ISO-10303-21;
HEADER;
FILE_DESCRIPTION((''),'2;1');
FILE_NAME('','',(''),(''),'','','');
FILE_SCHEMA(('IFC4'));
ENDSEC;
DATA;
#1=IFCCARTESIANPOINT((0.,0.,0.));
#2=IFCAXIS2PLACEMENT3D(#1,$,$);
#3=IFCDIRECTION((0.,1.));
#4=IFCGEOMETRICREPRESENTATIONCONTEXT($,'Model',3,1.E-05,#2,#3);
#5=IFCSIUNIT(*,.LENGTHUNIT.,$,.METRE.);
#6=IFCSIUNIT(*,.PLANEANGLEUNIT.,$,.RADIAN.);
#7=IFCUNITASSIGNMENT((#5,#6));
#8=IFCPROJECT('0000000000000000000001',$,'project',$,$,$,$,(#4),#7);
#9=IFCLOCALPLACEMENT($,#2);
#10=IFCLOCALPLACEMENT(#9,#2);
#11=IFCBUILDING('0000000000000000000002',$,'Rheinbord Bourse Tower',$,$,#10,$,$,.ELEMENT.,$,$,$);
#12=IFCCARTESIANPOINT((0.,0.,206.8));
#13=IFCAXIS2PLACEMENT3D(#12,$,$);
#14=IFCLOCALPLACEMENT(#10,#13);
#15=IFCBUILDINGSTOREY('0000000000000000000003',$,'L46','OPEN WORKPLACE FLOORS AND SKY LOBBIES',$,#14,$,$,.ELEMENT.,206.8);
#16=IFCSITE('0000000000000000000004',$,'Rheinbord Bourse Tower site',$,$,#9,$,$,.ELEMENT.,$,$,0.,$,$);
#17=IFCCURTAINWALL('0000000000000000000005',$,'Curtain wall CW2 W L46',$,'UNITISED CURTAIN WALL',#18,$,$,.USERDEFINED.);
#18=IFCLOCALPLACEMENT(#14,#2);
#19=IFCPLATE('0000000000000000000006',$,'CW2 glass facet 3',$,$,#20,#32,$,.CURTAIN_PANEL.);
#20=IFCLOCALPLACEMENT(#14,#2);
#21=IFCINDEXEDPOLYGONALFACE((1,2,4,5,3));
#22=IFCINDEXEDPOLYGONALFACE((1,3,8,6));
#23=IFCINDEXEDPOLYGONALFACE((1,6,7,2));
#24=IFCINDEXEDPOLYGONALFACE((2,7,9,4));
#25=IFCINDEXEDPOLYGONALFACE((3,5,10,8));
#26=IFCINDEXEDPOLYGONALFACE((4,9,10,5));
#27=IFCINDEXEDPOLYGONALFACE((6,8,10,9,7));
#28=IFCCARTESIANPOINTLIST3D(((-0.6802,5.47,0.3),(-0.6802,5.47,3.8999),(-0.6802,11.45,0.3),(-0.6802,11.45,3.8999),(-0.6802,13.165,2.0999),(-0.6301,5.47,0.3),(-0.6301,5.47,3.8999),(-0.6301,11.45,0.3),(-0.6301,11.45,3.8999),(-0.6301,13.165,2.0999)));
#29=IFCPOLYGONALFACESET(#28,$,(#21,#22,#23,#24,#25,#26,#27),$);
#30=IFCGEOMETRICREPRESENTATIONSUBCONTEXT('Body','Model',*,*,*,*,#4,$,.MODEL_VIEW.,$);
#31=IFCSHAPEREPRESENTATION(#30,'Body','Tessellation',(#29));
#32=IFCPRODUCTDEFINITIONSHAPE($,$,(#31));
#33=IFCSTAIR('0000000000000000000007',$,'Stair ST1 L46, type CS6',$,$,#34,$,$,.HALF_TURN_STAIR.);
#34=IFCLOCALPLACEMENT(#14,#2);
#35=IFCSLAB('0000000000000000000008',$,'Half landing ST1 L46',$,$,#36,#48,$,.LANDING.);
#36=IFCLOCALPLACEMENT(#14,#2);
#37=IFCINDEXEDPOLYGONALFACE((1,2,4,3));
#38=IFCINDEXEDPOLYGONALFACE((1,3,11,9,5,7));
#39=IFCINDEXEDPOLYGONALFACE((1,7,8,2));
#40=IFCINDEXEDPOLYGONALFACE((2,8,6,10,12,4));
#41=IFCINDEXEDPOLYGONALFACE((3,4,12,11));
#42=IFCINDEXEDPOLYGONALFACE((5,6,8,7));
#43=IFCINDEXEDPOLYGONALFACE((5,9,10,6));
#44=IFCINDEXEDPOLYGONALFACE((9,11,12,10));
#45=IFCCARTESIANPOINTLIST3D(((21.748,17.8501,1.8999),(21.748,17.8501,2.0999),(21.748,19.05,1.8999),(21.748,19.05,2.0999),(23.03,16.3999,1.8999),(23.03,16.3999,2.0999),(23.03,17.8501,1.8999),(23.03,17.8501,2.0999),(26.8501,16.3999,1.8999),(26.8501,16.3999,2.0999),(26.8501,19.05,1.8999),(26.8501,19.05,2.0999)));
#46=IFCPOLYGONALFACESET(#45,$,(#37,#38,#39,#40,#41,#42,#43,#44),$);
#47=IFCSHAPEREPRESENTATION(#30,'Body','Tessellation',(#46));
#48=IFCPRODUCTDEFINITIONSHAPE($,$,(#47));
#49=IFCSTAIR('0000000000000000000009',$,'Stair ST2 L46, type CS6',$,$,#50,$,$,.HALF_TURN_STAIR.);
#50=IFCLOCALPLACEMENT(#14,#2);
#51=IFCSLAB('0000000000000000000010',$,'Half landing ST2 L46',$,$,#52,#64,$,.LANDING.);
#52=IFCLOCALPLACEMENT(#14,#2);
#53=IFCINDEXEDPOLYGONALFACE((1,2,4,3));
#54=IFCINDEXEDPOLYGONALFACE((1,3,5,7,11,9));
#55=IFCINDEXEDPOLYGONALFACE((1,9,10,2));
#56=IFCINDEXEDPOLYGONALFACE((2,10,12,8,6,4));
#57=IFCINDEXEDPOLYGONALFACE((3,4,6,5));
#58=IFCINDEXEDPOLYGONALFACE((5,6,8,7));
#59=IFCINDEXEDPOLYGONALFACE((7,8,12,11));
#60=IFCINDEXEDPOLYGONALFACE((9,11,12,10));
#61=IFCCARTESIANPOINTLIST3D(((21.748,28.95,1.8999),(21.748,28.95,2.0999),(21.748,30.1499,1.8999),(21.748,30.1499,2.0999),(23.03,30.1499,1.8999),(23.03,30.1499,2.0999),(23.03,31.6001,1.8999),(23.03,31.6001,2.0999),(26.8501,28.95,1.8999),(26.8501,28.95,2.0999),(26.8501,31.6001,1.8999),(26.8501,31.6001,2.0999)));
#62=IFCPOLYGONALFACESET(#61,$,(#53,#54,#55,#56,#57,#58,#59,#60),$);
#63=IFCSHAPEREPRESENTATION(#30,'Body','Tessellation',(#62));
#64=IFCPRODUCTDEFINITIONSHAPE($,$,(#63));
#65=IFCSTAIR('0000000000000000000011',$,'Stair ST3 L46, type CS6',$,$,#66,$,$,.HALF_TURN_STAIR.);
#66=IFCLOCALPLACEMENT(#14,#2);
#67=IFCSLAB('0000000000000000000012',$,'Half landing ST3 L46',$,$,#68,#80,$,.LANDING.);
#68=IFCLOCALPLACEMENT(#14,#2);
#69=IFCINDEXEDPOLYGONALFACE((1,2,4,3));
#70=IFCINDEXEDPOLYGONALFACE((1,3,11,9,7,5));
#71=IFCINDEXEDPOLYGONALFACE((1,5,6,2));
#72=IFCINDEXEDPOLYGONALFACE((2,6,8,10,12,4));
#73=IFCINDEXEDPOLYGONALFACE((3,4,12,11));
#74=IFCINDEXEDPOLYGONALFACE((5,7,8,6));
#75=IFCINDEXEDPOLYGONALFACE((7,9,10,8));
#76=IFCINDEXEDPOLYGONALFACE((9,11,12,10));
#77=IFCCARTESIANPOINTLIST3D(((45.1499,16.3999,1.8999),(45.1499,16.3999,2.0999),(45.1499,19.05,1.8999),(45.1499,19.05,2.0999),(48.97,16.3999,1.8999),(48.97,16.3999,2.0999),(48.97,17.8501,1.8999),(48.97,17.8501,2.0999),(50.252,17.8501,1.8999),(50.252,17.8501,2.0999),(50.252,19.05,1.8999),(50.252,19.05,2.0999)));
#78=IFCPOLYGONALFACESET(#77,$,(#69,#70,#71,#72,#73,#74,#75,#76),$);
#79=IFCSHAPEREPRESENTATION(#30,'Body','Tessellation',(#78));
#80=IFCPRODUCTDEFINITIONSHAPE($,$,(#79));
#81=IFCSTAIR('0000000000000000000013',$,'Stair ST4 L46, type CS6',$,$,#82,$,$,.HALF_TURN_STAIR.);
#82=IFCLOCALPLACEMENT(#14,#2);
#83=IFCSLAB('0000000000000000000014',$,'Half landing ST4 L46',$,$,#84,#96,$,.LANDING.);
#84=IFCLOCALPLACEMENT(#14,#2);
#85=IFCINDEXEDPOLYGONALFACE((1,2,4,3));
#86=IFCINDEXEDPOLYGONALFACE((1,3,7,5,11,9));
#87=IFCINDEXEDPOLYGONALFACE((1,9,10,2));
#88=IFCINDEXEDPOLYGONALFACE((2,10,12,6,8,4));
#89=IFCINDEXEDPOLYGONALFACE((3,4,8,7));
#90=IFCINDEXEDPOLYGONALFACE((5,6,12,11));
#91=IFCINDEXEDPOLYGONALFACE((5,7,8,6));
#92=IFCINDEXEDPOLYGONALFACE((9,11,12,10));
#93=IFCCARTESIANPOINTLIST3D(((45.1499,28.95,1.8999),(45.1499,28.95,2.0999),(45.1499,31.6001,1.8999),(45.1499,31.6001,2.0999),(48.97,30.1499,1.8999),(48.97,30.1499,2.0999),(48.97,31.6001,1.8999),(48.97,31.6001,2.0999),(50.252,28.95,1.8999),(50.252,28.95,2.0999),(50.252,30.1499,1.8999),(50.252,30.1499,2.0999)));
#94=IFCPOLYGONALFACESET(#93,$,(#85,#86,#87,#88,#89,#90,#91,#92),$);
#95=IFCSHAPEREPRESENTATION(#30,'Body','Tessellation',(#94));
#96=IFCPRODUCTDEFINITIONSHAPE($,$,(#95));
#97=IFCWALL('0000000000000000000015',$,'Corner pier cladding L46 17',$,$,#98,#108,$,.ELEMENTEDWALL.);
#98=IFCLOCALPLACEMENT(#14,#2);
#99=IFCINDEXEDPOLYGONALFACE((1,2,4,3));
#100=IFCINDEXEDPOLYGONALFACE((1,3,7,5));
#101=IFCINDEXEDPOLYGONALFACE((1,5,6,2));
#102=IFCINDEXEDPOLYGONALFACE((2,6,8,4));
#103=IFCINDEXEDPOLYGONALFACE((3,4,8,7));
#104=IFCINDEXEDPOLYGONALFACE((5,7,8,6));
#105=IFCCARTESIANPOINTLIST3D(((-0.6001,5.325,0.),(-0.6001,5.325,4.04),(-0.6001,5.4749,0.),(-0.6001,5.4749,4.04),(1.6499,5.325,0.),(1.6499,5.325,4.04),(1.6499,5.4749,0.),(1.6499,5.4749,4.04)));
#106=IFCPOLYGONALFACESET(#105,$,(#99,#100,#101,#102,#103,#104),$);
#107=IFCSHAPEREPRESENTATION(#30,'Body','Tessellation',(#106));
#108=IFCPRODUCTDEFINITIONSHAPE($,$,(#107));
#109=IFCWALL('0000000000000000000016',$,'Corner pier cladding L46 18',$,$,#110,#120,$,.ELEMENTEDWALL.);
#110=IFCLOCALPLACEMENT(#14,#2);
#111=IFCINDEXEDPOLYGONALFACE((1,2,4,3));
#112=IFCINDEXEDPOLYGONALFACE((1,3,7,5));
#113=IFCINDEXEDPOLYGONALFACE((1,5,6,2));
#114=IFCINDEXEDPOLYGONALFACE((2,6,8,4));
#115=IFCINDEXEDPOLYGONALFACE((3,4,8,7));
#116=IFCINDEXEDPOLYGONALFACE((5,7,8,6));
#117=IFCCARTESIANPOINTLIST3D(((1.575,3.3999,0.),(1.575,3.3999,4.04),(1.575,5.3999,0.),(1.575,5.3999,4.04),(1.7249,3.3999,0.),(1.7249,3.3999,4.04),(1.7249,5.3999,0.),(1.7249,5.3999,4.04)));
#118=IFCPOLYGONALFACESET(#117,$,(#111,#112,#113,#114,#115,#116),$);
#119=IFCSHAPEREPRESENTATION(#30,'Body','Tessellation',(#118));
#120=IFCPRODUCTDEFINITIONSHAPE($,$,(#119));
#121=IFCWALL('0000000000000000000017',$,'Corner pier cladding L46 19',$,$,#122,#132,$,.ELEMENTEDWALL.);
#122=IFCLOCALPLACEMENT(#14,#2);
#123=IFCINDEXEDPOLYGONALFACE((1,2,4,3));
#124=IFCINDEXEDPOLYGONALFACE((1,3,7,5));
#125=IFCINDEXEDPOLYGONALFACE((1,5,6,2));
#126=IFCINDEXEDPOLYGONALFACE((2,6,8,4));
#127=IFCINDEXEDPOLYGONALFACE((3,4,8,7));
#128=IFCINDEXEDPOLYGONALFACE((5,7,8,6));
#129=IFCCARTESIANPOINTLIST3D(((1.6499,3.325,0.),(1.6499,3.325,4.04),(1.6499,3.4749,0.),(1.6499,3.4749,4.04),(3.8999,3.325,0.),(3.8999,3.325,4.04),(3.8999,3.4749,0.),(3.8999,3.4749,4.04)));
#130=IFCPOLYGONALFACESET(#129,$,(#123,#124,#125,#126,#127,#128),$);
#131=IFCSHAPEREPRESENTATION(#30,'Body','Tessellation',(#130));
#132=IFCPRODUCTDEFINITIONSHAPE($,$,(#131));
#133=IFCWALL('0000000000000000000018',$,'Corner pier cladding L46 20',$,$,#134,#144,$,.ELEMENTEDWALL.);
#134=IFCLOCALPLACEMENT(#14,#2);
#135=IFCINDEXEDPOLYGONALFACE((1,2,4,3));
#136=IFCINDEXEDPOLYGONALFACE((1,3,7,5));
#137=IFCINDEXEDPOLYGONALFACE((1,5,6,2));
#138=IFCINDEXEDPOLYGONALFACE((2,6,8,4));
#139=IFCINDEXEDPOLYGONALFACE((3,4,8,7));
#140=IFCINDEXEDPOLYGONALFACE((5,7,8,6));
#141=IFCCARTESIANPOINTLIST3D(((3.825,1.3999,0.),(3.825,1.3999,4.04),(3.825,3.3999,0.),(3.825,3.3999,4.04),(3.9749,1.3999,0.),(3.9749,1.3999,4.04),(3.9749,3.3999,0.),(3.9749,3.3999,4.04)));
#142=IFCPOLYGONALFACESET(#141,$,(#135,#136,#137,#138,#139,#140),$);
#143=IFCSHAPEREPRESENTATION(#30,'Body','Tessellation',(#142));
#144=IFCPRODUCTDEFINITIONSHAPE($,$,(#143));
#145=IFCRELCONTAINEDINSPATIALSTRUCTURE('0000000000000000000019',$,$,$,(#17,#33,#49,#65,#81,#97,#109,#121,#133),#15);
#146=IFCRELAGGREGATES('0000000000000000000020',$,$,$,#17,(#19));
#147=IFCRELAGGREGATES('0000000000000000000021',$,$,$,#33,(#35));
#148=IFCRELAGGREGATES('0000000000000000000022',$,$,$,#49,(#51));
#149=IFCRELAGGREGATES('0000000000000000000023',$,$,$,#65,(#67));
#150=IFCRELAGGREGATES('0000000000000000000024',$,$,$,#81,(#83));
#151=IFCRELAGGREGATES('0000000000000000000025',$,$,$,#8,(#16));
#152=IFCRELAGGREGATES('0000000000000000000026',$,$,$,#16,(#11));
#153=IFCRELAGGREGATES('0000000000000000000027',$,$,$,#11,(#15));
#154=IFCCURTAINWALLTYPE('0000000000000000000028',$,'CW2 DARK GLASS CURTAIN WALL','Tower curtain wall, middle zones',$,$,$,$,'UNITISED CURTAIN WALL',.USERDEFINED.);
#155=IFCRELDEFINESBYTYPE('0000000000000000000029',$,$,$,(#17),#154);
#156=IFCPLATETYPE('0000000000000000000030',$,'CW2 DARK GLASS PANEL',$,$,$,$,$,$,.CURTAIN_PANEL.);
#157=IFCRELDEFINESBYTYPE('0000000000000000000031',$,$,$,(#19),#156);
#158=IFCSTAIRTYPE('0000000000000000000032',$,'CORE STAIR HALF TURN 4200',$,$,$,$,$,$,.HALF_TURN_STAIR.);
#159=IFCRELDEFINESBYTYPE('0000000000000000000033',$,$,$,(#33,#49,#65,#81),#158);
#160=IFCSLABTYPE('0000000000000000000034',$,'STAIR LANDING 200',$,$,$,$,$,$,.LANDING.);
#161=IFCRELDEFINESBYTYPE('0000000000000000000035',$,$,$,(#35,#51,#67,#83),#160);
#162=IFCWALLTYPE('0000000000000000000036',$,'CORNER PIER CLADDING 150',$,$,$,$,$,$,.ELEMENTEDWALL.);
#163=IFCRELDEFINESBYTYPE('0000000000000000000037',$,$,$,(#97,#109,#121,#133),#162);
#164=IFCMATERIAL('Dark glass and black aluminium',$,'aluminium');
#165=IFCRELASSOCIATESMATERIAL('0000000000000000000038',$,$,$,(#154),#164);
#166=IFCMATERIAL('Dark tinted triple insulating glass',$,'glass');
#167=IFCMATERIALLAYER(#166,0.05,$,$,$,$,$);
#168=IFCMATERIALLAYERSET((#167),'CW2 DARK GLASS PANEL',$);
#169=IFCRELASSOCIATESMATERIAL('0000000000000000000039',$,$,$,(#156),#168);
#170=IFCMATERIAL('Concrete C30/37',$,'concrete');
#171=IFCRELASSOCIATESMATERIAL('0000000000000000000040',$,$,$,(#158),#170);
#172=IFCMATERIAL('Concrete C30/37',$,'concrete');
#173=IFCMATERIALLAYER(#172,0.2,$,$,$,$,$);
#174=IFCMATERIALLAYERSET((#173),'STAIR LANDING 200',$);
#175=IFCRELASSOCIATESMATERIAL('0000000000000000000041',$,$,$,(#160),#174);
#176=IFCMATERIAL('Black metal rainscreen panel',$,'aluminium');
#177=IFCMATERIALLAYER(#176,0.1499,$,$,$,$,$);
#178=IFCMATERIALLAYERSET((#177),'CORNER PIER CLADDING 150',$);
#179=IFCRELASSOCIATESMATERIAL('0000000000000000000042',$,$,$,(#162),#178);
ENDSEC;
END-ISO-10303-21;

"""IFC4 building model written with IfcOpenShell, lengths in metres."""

from ifc_helpers import new_model, si_unit, direction, frame, frame_2d, origin, place, context, subcontext, project, spatial, polyline, rectangle, outline, extrude, material, layer, layer_set, type_object, element, aggregate, save


model = new_model("IFC4")

# Units and contexts
model_context = context("Model", 3, precision=1e-05, world=origin(), true_north=direction((0.0, 1.0)))
body_context = subcontext(model_context, "Body", "Model", "MODEL_VIEW")
ifc_project = project(units=[si_unit("LENGTHUNIT", "METRE"), si_unit("PLANEANGLEUNIT", "RADIAN")], contexts=[model_context])

# Site, building, storey
site_placement = place(None, origin())
site = spatial("IfcSite", under=ifc_project, at=site_placement, Name="Rheinbord Bourse Tower site", CompositionType="ELEMENT", RefElevation=0.0)
building_placement = place(site_placement, origin())
building = spatial("IfcBuilding", under=site, at=building_placement, Name="Rheinbord Bourse Tower", CompositionType="ELEMENT")
storey_placement = place(building_placement, frame((0.0, 0.0, 206.8)))
storey = spatial("IfcBuildingStorey", under=building, at=storey_placement, Name="L46", Description="OPEN WORKPLACE FLOORS AND SKY LOBBIES", CompositionType="ELEMENT", Elevation=206.8)

# Shared definitions
ifc_material_1 = material(Name="Dark glass and black aluminium", Category="aluminium")
curtain_wall_type = type_object("IfcCurtainWallType", Name="CW2 DARK GLASS CURTAIN WALL", Description="Tower curtain wall, middle zones", ElementType="UNITISED CURTAIN WALL", PredefinedType="USERDEFINED", material=ifc_material_1)

# Curtain wall
curtain_wall_1_placement = place(storey_placement, origin())
curtain_wall_1 = element("IfcCurtainWall", 1, at=curtain_wall_1_placement, inside=storey, type_object=curtain_wall_type, Name="Curtain wall CW2 W L46", ObjectType="UNITISED CURTAIN WALL", PredefinedType="USERDEFINED")

# Plate
ifc_material_2 = material(Name="Dark tinted triple insulating glass", Category="glass")
ifc_layer_1 = layer(ifc_material_2, 0.05)
ifc_layer_set_1 = layer_set([ifc_layer_1], Name="CW2 DARK GLASS PANEL")
plate_type = type_object("IfcPlateType", Name="CW2 DARK GLASS PANEL", PredefinedType="CURTAIN_PANEL", material=ifc_layer_set_1)
plate_1_placement = place(storey_placement, frame((-0.6802, 5.47, 3.8999), z_axis=(1.0, 0.0, 0.0), x_axis=(0.0, 0.0, -1.0)))
plate_1 = element("IfcPlate", 2, at=plate_1_placement, type_object=plate_type, Name="CW2 glass facet 3", PredefinedType="CURTAIN_PANEL", context=body_context, shape_type="SweptSolid", body=[
    extrude(outline(polyline([(0.0, 0.0), (3.5999, 0.0), (3.5999, 5.98), (1.8, 7.6951), (0.0, 5.98), (0.0, 0.0)])), origin(), (0.0, 0.0, 1.0), 0.05),
])
aggregate(curtain_wall_1, [plate_1])

# Stairs, slabs
ifc_material_3 = material(Name="Concrete C30/37", Category="concrete")
stair_type = type_object("IfcStairType", Name="CORE STAIR HALF TURN 4200", PredefinedType="HALF_TURN_STAIR", material=ifc_material_3)
stair_1_placement = place(storey_placement, origin())
stair_1 = element("IfcStair", 3, at=stair_1_placement, inside=storey, type_object=stair_type, Name="Stair ST1 L46, type CS6", PredefinedType="HALF_TURN_STAIR")
ifc_material_4 = material(Name="Concrete C30/37", Category="concrete")
ifc_layer_2 = layer(ifc_material_4, 0.2)
ifc_layer_set_2 = layer_set([ifc_layer_2], Name="STAIR LANDING 200")
slab_type_1 = type_object("IfcSlabType", Name="STAIR LANDING 200", PredefinedType="LANDING", material=ifc_layer_set_2)
slab_1_placement = place(storey_placement, frame((0.0, 0.0, 1.8999)))
slab_1 = element("IfcSlab", 4, at=slab_1_placement, type_object=slab_type_1, Name="Half landing ST1 L46", PredefinedType="LANDING", context=body_context, shape_type="SweptSolid", body=[
    extrude(outline(polyline([(23.03, 16.3999), (26.8501, 16.3999), (26.8501, 19.05), (21.748, 19.05), (21.748, 17.8501), (23.03, 17.8501), (23.03, 16.3999)])), origin(), (0.0, 0.0, 1.0), 0.2),
])
aggregate(stair_1, [slab_1])
stair_2_placement = place(storey_placement, origin())
stair_2 = element("IfcStair", 5, at=stair_2_placement, inside=storey, type_object=stair_type, Name="Stair ST2 L46, type CS6", PredefinedType="HALF_TURN_STAIR")
slab_2_placement = place(storey_placement, frame((0.0, 0.0, 1.8999)))
slab_2 = element("IfcSlab", 6, at=slab_2_placement, type_object=slab_type_1, Name="Half landing ST2 L46", PredefinedType="LANDING", context=body_context, shape_type="SweptSolid", body=[
    extrude(outline(polyline([(21.748, 28.95), (26.8501, 28.95), (26.8501, 31.6001), (23.03, 31.6001), (23.03, 30.1499), (21.748, 30.1499), (21.748, 28.95)])), origin(), (0.0, 0.0, 1.0), 0.2),
])
aggregate(stair_2, [slab_2])
stair_3_placement = place(storey_placement, origin())
stair_3 = element("IfcStair", 7, at=stair_3_placement, inside=storey, type_object=stair_type, Name="Stair ST3 L46, type CS6", PredefinedType="HALF_TURN_STAIR")
slab_3_placement = place(storey_placement, frame((0.0, 0.0, 1.8999)))
slab_3 = element("IfcSlab", 8, at=slab_3_placement, type_object=slab_type_1, Name="Half landing ST3 L46", PredefinedType="LANDING", context=body_context, shape_type="SweptSolid", body=[
    extrude(outline(polyline([(45.1499, 16.3999), (48.97, 16.3999), (48.97, 17.8501), (50.252, 17.8501), (50.252, 19.05), (45.1499, 19.05), (45.1499, 16.3999)])), origin(), (0.0, 0.0, 1.0), 0.2),
])
aggregate(stair_3, [slab_3])
stair_4_placement = place(storey_placement, origin())
stair_4 = element("IfcStair", 9, at=stair_4_placement, inside=storey, type_object=stair_type, Name="Stair ST4 L46, type CS6", PredefinedType="HALF_TURN_STAIR")
slab_4_placement = place(storey_placement, frame((0.0, 0.0, 1.8999)))
slab_4 = element("IfcSlab", 10, at=slab_4_placement, type_object=slab_type_1, Name="Half landing ST4 L46", PredefinedType="LANDING", context=body_context, shape_type="SweptSolid", body=[
    extrude(outline(polyline([(45.1499, 28.95), (50.252, 28.95), (50.252, 30.1499), (48.97, 30.1499), (48.97, 31.6001), (45.1499, 31.6001), (45.1499, 28.95)])), origin(), (0.0, 0.0, 1.0), 0.2),
])
aggregate(stair_4, [slab_4])

# Walls
ifc_material_5 = material(Name="Black metal rainscreen panel", Category="aluminium")
ifc_layer_3 = layer(ifc_material_5, 0.1499)
ifc_layer_set_3 = layer_set([ifc_layer_3], Name="CORNER PIER CLADDING 150")
wall_type = type_object("IfcWallType", Name="CORNER PIER CLADDING 150", PredefinedType="ELEMENTEDWALL", material=ifc_layer_set_3)
wall_1_placement = place(storey_placement, frame((-0.6001, 5.3999, 0.0), z_axis=(0.0, 0.0, 1.0), x_axis=(1.0, 0.0, 0.0)))
element("IfcWall", 11, at=wall_1_placement, inside=storey, type_object=wall_type, Name="Corner pier cladding L46 17", PredefinedType="ELEMENTEDWALL", context=body_context, shape_type="SweptSolid", body=[
    extrude(rectangle(XDim=2.25, YDim=0.1499, at=frame_2d((1.125, 0.0))), origin(), (0.0, 0.0, 1.0), 4.04),
])
wall_2_placement = place(storey_placement, frame((1.6499, 5.3999, 0.0), z_axis=(0.0, 0.0, 1.0), x_axis=(0.0, -1.0, 0.0)))
element("IfcWall", 12, at=wall_2_placement, inside=storey, type_object=wall_type, Name="Corner pier cladding L46 18", PredefinedType="ELEMENTEDWALL", context=body_context, shape_type="SweptSolid", body=[
    extrude(rectangle(XDim=2.0, YDim=0.1499, at=frame_2d((1.0, 0.0))), origin(), (0.0, 0.0, 1.0), 4.04),
])
wall_3_placement = place(storey_placement, frame((1.6499, 3.3999, 0.0), z_axis=(0.0, 0.0, 1.0), x_axis=(1.0, 0.0, 0.0)))
element("IfcWall", 13, at=wall_3_placement, inside=storey, type_object=wall_type, Name="Corner pier cladding L46 19", PredefinedType="ELEMENTEDWALL", context=body_context, shape_type="SweptSolid", body=[
    extrude(rectangle(XDim=2.25, YDim=0.1499, at=frame_2d((1.125, 0.0))), origin(), (0.0, 0.0, 1.0), 4.04),
])
wall_4_placement = place(storey_placement, frame((3.8999, 3.3999, 0.0), z_axis=(0.0, 0.0, 1.0), x_axis=(0.0, -1.0, 0.0)))
element("IfcWall", 14, at=wall_4_placement, inside=storey, type_object=wall_type, Name="Corner pier cladding L46 20", PredefinedType="ELEMENTEDWALL", context=body_context, shape_type="SweptSolid", body=[
    extrude(rectangle(XDim=2.0, YDim=0.1499, at=frame_2d((1.0, 0.0))), origin(), (0.0, 0.0, 1.0), 4.04),
])

save(model, "model.ifc")
